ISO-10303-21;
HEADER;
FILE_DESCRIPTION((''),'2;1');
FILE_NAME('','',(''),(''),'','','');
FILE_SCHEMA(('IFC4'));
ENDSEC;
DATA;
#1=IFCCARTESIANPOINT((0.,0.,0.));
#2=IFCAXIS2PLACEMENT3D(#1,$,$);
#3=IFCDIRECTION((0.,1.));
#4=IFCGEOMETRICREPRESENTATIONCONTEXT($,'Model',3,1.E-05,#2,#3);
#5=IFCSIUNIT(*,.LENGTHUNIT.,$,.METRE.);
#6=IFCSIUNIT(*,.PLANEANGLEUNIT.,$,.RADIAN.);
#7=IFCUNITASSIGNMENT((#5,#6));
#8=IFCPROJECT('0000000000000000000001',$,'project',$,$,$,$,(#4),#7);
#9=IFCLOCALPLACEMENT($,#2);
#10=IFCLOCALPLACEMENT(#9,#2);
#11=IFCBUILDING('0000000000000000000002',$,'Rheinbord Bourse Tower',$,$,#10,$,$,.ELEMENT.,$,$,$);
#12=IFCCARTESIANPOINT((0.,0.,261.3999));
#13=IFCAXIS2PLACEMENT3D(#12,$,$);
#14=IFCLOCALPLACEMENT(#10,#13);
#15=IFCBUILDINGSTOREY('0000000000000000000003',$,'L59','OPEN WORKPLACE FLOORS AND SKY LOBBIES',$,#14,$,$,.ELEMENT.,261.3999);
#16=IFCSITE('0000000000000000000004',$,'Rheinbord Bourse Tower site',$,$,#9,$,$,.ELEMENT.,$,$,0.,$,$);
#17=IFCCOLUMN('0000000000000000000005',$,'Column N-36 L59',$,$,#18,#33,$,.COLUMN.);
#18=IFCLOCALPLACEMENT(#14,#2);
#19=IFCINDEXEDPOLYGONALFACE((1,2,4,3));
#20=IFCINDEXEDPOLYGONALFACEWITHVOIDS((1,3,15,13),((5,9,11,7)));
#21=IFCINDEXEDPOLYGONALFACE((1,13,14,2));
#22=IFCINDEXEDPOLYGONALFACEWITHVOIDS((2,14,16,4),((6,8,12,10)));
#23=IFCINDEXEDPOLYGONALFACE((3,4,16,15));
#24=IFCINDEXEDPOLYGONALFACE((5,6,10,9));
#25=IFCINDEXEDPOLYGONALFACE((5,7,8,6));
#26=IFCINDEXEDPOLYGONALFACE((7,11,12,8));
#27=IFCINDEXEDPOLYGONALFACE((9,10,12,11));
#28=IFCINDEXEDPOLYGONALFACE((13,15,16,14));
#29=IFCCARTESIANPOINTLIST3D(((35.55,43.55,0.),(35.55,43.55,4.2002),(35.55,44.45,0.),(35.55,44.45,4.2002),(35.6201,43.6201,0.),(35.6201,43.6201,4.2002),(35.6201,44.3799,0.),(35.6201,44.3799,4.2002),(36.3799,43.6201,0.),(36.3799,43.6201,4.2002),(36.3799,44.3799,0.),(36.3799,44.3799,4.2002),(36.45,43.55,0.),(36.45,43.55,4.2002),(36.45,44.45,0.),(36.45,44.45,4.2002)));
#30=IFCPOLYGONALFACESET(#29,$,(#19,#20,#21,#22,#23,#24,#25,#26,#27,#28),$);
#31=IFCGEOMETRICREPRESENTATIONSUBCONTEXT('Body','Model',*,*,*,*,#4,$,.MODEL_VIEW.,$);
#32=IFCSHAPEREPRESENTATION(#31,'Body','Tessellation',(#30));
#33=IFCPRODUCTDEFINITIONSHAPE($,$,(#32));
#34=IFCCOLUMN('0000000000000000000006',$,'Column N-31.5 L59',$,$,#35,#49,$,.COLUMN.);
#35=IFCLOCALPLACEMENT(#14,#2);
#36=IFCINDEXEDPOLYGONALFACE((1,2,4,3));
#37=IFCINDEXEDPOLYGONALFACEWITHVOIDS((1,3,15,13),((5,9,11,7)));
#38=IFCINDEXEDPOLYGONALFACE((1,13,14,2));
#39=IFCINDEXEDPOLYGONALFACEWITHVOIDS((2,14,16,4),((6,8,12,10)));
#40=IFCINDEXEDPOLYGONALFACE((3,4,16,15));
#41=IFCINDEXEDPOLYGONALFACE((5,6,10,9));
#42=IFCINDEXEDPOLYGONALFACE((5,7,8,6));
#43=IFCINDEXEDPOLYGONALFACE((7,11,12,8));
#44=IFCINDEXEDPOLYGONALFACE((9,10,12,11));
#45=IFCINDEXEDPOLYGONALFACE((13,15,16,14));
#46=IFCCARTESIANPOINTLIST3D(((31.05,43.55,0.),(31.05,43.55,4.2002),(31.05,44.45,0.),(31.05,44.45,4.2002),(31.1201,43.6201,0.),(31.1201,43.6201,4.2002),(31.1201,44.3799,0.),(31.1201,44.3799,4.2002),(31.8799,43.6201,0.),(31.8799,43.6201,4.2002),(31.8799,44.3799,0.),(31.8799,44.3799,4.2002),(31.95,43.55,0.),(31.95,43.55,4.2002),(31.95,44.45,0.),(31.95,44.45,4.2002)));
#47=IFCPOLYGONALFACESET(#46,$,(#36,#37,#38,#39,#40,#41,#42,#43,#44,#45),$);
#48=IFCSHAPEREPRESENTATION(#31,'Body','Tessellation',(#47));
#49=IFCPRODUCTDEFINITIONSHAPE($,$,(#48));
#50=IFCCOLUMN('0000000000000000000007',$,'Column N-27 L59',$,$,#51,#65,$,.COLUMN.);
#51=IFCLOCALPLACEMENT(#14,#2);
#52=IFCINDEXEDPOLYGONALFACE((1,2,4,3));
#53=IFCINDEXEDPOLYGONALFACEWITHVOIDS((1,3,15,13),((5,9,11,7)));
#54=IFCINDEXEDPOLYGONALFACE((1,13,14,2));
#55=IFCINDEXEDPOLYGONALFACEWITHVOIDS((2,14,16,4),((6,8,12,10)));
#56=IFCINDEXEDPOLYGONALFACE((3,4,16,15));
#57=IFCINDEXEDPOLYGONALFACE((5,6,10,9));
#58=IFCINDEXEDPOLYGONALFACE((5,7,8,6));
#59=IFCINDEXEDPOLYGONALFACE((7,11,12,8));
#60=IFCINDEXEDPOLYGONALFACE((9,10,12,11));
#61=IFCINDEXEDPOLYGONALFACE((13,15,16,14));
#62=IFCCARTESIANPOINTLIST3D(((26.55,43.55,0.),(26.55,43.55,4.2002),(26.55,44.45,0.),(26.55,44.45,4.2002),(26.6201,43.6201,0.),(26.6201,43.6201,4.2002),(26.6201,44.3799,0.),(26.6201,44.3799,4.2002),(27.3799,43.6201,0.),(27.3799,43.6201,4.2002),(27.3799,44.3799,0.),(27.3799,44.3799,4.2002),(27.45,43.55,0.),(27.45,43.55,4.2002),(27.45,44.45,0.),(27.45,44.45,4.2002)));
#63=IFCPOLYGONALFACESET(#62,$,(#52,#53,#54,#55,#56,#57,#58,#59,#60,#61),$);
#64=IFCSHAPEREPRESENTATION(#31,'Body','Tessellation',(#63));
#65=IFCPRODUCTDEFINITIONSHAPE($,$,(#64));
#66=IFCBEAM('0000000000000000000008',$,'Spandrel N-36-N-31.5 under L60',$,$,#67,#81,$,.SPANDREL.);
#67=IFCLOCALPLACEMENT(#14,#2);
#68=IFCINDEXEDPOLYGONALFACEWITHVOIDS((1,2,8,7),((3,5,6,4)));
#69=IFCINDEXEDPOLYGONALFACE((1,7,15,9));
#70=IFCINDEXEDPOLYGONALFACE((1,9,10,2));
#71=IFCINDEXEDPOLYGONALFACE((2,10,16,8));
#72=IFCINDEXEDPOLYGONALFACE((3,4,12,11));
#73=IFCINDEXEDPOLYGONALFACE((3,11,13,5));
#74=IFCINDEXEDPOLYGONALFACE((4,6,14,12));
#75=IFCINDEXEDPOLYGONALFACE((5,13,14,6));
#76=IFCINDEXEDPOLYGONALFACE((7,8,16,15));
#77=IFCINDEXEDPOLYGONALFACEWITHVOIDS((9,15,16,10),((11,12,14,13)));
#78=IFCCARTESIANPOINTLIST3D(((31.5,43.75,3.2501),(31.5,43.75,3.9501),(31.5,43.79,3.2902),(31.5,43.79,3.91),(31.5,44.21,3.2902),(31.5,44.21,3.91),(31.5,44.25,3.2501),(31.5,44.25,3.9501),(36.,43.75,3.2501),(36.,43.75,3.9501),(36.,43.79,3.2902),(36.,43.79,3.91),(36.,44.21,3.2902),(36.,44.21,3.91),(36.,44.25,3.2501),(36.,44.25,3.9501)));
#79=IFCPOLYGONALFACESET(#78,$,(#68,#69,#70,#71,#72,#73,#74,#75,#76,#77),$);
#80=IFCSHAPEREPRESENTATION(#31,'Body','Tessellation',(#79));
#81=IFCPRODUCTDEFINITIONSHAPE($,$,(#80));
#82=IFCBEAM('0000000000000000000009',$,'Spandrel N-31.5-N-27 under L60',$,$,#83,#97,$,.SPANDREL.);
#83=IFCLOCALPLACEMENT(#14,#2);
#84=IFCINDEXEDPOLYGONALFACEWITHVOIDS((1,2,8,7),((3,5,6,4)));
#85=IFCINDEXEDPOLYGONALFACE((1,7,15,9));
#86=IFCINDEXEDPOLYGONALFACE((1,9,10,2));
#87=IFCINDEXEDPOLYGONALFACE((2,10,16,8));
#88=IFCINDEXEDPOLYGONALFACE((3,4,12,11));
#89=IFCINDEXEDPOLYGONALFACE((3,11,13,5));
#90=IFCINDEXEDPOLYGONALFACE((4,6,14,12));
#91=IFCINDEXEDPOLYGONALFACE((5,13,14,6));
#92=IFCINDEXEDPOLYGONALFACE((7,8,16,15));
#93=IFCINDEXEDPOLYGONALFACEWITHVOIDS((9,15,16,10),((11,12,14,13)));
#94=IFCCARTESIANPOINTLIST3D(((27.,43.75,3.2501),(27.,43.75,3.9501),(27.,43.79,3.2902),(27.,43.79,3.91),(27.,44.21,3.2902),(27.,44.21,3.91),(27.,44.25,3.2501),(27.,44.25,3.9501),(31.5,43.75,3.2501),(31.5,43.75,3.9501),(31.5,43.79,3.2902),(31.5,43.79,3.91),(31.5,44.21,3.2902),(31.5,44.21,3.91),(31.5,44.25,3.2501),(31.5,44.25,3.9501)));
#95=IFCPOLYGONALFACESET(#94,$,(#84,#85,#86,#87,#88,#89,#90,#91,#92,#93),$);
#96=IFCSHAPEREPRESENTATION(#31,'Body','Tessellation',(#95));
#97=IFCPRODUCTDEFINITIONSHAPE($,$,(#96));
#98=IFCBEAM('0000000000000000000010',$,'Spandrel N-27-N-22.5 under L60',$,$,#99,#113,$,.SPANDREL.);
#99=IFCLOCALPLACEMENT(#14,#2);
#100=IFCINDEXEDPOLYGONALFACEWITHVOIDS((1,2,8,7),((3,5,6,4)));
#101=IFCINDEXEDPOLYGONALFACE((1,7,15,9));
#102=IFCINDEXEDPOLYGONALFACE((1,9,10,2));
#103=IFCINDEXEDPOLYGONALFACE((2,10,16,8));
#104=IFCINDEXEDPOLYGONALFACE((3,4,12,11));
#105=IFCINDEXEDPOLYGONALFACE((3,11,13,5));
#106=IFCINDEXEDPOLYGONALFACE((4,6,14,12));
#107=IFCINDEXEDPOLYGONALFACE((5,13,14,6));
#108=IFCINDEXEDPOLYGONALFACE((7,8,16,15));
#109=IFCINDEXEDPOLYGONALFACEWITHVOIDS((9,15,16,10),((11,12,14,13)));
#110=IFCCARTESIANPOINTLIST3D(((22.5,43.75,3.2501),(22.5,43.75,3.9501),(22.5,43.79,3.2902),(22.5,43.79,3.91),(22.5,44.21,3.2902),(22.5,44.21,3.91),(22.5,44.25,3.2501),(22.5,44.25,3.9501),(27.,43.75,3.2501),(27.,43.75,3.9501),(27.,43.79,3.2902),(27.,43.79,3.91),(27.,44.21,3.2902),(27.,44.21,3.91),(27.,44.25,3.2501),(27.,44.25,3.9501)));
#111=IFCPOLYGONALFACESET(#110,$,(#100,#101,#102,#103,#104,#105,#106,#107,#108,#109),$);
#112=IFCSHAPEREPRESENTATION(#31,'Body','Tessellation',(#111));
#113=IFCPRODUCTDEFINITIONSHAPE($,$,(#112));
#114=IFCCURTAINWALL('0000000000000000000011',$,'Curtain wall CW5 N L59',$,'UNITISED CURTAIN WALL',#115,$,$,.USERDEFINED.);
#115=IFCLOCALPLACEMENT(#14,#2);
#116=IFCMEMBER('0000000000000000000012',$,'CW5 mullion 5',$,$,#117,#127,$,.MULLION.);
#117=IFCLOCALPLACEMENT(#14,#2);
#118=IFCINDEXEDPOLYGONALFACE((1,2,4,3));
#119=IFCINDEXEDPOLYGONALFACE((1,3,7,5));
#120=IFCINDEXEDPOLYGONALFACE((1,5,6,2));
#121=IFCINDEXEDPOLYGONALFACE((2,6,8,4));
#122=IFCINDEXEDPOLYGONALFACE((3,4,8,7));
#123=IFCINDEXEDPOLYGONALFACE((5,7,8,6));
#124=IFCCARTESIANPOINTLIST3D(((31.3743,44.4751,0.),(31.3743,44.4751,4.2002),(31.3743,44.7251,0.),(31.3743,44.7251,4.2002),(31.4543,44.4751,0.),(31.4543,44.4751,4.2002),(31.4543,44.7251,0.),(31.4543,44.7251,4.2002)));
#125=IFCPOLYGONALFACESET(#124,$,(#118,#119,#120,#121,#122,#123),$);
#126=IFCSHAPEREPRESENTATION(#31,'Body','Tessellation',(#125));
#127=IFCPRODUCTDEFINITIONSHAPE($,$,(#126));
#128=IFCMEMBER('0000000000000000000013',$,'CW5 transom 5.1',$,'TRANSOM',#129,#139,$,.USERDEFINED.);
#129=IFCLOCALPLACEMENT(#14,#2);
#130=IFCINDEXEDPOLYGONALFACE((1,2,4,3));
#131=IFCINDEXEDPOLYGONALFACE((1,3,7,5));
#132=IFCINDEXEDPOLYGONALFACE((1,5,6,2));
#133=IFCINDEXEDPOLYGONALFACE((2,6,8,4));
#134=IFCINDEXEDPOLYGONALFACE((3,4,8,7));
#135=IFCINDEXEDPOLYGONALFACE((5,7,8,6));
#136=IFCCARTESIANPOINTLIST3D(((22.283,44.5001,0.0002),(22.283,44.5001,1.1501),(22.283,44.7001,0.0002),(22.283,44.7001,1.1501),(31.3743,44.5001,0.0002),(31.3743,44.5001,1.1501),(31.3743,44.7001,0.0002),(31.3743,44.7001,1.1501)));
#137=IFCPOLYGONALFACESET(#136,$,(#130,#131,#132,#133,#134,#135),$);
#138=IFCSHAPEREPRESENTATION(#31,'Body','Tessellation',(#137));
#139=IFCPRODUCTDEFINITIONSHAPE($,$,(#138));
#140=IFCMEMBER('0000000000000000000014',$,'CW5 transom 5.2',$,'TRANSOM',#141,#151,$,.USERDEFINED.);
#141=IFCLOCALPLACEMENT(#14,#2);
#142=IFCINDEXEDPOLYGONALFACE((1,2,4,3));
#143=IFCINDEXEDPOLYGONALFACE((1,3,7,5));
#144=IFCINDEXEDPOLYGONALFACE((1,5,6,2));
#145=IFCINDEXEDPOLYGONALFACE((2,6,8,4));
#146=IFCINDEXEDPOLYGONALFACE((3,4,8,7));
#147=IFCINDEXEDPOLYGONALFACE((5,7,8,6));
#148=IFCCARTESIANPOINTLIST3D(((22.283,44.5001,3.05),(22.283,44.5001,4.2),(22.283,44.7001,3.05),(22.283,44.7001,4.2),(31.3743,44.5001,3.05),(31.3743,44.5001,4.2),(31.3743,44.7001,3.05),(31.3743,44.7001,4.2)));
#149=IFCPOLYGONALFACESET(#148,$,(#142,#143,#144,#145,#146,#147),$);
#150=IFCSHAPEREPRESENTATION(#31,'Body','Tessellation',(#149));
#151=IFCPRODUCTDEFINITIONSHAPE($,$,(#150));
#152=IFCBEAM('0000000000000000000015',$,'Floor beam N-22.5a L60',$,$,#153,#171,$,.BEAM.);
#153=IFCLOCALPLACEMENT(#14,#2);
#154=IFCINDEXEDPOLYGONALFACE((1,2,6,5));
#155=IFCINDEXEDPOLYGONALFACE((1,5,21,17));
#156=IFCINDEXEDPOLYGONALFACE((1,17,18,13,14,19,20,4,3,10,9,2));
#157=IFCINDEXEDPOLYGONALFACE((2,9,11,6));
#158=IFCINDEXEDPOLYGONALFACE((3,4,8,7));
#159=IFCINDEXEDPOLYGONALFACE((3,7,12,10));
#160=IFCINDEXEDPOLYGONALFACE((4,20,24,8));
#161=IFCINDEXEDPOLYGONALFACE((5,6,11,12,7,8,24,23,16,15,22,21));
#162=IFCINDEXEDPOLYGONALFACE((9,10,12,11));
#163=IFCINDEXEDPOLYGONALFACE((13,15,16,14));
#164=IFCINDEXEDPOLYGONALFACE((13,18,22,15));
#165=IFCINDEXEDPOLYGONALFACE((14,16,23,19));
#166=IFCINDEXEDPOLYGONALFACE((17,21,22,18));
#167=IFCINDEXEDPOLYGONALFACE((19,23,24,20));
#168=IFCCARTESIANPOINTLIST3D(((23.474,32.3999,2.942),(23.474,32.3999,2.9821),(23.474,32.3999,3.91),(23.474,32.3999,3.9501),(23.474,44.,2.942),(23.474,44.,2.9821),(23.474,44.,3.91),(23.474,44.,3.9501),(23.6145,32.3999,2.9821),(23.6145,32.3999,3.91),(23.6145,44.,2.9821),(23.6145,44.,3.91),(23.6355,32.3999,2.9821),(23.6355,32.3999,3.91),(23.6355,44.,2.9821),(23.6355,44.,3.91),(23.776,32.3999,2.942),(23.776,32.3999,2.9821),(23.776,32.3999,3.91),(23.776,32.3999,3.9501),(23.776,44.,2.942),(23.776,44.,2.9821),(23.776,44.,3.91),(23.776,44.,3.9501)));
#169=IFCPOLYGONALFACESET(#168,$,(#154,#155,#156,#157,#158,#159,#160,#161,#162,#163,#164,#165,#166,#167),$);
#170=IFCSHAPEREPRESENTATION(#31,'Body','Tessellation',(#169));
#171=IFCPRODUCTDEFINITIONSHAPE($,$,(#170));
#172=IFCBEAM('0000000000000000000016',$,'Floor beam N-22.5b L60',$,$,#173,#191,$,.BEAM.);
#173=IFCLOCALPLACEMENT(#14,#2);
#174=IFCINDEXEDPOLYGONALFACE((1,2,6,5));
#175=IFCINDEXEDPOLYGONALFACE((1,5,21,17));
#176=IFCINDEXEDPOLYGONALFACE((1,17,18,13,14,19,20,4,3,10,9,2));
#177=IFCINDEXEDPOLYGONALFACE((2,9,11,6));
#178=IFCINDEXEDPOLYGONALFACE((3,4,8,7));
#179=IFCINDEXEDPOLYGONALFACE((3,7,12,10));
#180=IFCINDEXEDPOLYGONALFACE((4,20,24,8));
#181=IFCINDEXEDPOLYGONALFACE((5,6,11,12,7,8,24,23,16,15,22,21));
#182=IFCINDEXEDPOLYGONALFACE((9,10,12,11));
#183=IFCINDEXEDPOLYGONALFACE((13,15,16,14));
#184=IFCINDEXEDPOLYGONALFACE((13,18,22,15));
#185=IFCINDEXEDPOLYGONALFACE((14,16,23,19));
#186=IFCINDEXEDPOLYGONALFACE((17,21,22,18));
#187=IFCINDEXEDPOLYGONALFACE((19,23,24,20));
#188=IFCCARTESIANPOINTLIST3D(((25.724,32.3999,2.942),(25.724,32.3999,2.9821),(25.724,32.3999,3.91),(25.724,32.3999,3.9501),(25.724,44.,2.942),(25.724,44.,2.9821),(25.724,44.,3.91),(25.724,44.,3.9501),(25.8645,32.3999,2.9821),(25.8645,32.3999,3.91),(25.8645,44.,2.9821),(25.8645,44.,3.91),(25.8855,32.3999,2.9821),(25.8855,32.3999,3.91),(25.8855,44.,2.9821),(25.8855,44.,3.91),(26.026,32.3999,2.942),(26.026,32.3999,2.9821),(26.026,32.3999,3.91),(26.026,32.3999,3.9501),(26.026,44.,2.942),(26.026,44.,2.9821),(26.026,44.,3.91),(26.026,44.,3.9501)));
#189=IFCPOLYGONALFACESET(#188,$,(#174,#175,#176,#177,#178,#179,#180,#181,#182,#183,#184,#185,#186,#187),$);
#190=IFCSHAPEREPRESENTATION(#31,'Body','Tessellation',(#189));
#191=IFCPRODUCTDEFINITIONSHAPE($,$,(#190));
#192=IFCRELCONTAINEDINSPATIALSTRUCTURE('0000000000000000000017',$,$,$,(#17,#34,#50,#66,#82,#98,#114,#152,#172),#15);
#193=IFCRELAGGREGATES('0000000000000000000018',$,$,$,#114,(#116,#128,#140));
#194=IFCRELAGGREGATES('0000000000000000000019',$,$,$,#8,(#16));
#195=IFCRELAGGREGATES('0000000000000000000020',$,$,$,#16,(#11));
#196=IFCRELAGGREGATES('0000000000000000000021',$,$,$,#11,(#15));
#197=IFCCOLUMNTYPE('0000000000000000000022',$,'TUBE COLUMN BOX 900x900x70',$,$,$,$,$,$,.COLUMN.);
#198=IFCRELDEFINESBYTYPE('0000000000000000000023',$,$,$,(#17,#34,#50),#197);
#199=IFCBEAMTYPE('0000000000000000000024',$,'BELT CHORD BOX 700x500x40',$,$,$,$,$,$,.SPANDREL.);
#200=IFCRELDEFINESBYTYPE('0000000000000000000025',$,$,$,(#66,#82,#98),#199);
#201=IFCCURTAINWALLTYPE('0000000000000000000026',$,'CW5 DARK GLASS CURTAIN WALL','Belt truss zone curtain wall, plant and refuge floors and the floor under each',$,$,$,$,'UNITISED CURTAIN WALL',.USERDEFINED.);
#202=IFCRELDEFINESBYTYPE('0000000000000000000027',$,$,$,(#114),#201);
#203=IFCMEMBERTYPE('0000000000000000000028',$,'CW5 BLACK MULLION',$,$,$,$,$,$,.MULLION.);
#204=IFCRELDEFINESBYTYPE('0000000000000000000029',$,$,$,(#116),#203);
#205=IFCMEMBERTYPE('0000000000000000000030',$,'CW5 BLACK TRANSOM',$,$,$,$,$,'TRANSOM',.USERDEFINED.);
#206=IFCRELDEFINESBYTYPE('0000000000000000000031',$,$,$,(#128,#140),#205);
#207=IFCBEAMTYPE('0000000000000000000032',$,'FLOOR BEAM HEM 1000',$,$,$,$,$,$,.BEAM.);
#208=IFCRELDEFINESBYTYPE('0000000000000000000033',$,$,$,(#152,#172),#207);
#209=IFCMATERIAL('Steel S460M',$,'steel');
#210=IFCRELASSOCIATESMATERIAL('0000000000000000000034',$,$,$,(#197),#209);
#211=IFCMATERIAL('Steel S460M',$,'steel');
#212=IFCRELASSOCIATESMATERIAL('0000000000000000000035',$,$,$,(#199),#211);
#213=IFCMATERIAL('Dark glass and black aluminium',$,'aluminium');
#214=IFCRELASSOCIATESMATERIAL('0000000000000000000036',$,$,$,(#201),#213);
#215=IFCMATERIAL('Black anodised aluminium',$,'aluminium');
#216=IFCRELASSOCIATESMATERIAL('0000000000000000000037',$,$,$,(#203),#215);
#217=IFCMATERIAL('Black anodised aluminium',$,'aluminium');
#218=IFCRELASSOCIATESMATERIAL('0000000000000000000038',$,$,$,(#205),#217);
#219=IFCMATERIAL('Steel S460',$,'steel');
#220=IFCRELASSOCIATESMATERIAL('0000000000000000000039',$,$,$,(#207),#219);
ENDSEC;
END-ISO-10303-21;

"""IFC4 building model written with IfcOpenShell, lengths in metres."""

from ifc_helpers import new_model, si_unit, direction, frame, origin, origin_2d, place, context, subcontext, project, spatial, rectangle, hollow_rectangle, i_section, extrude, material, material_profile, profile_set, type_object, element, aggregate, save


model = new_model("IFC4")

# Units and contexts
model_context = context("Model", 3, precision=1e-05, world=origin(), true_north=direction((0.0, 1.0)))
body_context = subcontext(model_context, "Body", "Model", "MODEL_VIEW")
ifc_project = project(units=[si_unit("LENGTHUNIT", "METRE"), si_unit("PLANEANGLEUNIT", "RADIAN")], contexts=[model_context])

# Site, building, storey
site_placement = place(None, origin())
site = spatial("IfcSite", under=ifc_project, at=site_placement, Name="Rheinbord Bourse Tower site", CompositionType="ELEMENT", RefElevation=0.0)
building_placement = place(site_placement, origin())
building = spatial("IfcBuilding", under=site, at=building_placement, Name="Rheinbord Bourse Tower", CompositionType="ELEMENT")
storey_placement = place(building_placement, frame((0.0, 0.0, 261.3999)))
storey = spatial("IfcBuildingStorey", under=building, at=storey_placement, Name="L59", Description="OPEN WORKPLACE FLOORS AND SKY LOBBIES", CompositionType="ELEMENT", Elevation=261.3999)

# Columns
ifc_material_1 = material(Name="Steel S460M", Category="steel")
ifc_material_profile_1 = material_profile(ifc_material_1, hollow_rectangle(XDim=0.8999, YDim=0.8999, WallThickness=0.0701, at=origin_2d()), Name="BOX 900x900x70")
ifc_profile_set_1 = profile_set([ifc_material_profile_1], Name="Steel S460M")
column_type = type_object("IfcColumnType", Name="TUBE COLUMN BOX 900x900x70", PredefinedType="COLUMN", material=ifc_profile_set_1)
for number, where, z_axis, x_axis, name in (
    (1, (36.0, 44.0, 0.0), (0.0, 0.0, 1.0), (0.0, 1.0, 0.0), "Column N-36 L59"),
    (2, (31.5, 44.0, 0.0), (0.0, 0.0, 1.0), (0.0, 1.0, 0.0), "Column N-31.5 L59"),
    (3, (27.0, 44.0, 0.0), (0.0, 0.0, 1.0), (0.0, 1.0, 0.0), "Column N-27 L59"),
):
    element("IfcColumn", number, at=place(storey_placement, frame(where, z_axis=z_axis, x_axis=x_axis)), inside=storey, type_object=column_type, Name=name, PredefinedType="COLUMN", context=body_context, shape_type="SweptSolid", body=[
        extrude(hollow_rectangle(XDim=0.8999, YDim=0.8999, WallThickness=0.0701, at=origin_2d()), origin(), (0.0, 0.0, 1.0), 4.2002),
    ])

# Beams
ifc_material_2 = material(Name="Steel S460M", Category="steel")
ifc_material_profile_2 = material_profile(ifc_material_2, hollow_rectangle(XDim=0.5, YDim=0.7, WallThickness=0.04, at=origin_2d()), Name="BOX 700x500x40")
ifc_profile_set_2 = profile_set([ifc_material_profile_2], Name="Steel S460M")
beam_type_1 = type_object("IfcBeamType", Name="BELT CHORD BOX 700x500x40", PredefinedType="SPANDREL", material=ifc_profile_set_2)
for number, where, z_axis, x_axis, name in (
    (4, (36.0, 44.0, 3.6001), (-1.0, 0.0, 0.0), (0.0, -1.0, 0.0), "Spandrel N-36-N-31.5 under L60"),
    (5, (31.5, 44.0, 3.6001), (-1.0, 0.0, 0.0), (0.0, -1.0, 0.0), "Spandrel N-31.5-N-27 under L60"),
    (6, (27.0, 44.0, 3.6001), (-1.0, 0.0, 0.0), (0.0, -1.0, 0.0), "Spandrel N-27-N-22.5 under L60"),
):
    element("IfcBeam", number, at=place(storey_placement, frame(where, z_axis=z_axis, x_axis=x_axis)), inside=storey, type_object=beam_type_1, Name=name, PredefinedType="SPANDREL", context=body_context, shape_type="SweptSolid", body=[
        extrude(hollow_rectangle(XDim=0.5, YDim=0.7, WallThickness=0.04, at=origin_2d()), origin(), (0.0, 0.0, 1.0), 4.5),
    ])

# Curtain wall, members
ifc_material_3 = material(Name="Dark glass and black aluminium", Category="aluminium")
curtain_wall_type = type_object("IfcCurtainWallType", Name="CW5 DARK GLASS CURTAIN WALL", Description="Belt truss zone curtain wall, plant and refuge floors and the floor under each", ElementType="UNITISED CURTAIN WALL", PredefinedType="USERDEFINED", material=ifc_material_3)
curtain_wall_placement = place(storey_placement, origin())
curtain_wall = element("IfcCurtainWall", 7, at=curtain_wall_placement, inside=storey, type_object=curtain_wall_type, Name="Curtain wall CW5 N L59", ObjectType="UNITISED CURTAIN WALL", PredefinedType="USERDEFINED")
ifc_material_4 = material(Name="Black anodised aluminium", Category="aluminium")
ifc_material_profile_3 = material_profile(ifc_material_4, rectangle(XDim=0.25, YDim=0.0801, at=origin_2d()), Name="CW5 MULLION 80x250")
ifc_profile_set_3 = profile_set([ifc_material_profile_3], Name="Black anodised aluminium")
member_type_1 = type_object("IfcMemberType", Name="CW5 BLACK MULLION", PredefinedType="MULLION", material=ifc_profile_set_3)
member_1_placement = place(storey_placement, frame((31.4143, 44.6001, 0.0), z_axis=(0.0, 0.0, 1.0), x_axis=(0.0, -1.0, 0.0)))
member_1 = element("IfcMember", 8, at=member_1_placement, type_object=member_type_1, Name="CW5 mullion 5", PredefinedType="MULLION", context=body_context, shape_type="SweptSolid", body=[
    extrude(rectangle(XDim=0.25, YDim=0.0801, at=origin_2d()), origin(), (0.0, 0.0, 1.0), 4.2002),
])
ifc_material_5 = material(Name="Black anodised aluminium", Category="aluminium")
ifc_material_profile_4 = material_profile(ifc_material_5, rectangle(XDim=0.2, YDim=1.1499, at=origin_2d()), Name="CW5 TRANSOM 1150x200")
ifc_profile_set_4 = profile_set([ifc_material_profile_4], Name="Black anodised aluminium")
member_type_2 = type_object("IfcMemberType", Name="CW5 BLACK TRANSOM", ElementType="TRANSOM", PredefinedType="USERDEFINED", material=ifc_profile_set_4)
member_2_placement = place(storey_placement, frame((31.3743, 44.6001, 0.5752), z_axis=(-1.0, 0.0, 0.0), x_axis=(0.0, -1.0, 0.0)))
member_2 = element("IfcMember", 9, at=member_2_placement, type_object=member_type_2, Name="CW5 transom 5.1", ObjectType="TRANSOM", PredefinedType="USERDEFINED", context=body_context, shape_type="SweptSolid", body=[
    extrude(rectangle(XDim=0.2, YDim=1.1499, at=origin_2d()), origin(), (0.0, 0.0, 1.0), 9.0913),
])
member_3_placement = place(storey_placement, frame((31.3743, 44.6001, 3.625), z_axis=(-1.0, 0.0, 0.0), x_axis=(0.0, -1.0, 0.0)))
member_3 = element("IfcMember", 10, at=member_3_placement, type_object=member_type_2, Name="CW5 transom 5.2", ObjectType="TRANSOM", PredefinedType="USERDEFINED", context=body_context, shape_type="SweptSolid", body=[
    extrude(rectangle(XDim=0.2, YDim=1.1499, at=origin_2d()), origin(), (0.0, 0.0, 1.0), 9.0913),
])

# Beams
ifc_material_6 = material(Name="Steel S460", Category="steel")
ifc_material_profile_5 = material_profile(ifc_material_6, i_section(OverallWidth=0.302, OverallDepth=1.0081, WebThickness=0.021, FlangeThickness=0.04, at=origin_2d()), Name="HEM 1000")
ifc_profile_set_5 = profile_set([ifc_material_profile_5], Name="Steel S460")
beam_type_2 = type_object("IfcBeamType", Name="FLOOR BEAM HEM 1000", PredefinedType="BEAM", material=ifc_profile_set_5)
for number, where, z_axis, x_axis, name in (
    (11, (23.625, 44.0, 3.446), (0.0, -1.0, 0.0), (1.0, 0.0, 0.0), "Floor beam N-22.5a L60"),
    (12, (25.875, 44.0, 3.446), (0.0, -1.0, 0.0), (1.0, 0.0, 0.0), "Floor beam N-22.5b L60"),
):
    element("IfcBeam", number, at=place(storey_placement, frame(where, z_axis=z_axis, x_axis=x_axis)), inside=storey, type_object=beam_type_2, Name=name, PredefinedType="BEAM", context=body_context, shape_type="SweptSolid", body=[
        extrude(i_section(OverallWidth=0.302, OverallDepth=1.0081, WebThickness=0.021, FlangeThickness=0.04, at=origin_2d()), origin(), (0.0, 0.0, 1.0), 11.6001),
    ])

aggregate(curtain_wall, [member_1, member_2, member_3])

save(model, "model.ifc")
